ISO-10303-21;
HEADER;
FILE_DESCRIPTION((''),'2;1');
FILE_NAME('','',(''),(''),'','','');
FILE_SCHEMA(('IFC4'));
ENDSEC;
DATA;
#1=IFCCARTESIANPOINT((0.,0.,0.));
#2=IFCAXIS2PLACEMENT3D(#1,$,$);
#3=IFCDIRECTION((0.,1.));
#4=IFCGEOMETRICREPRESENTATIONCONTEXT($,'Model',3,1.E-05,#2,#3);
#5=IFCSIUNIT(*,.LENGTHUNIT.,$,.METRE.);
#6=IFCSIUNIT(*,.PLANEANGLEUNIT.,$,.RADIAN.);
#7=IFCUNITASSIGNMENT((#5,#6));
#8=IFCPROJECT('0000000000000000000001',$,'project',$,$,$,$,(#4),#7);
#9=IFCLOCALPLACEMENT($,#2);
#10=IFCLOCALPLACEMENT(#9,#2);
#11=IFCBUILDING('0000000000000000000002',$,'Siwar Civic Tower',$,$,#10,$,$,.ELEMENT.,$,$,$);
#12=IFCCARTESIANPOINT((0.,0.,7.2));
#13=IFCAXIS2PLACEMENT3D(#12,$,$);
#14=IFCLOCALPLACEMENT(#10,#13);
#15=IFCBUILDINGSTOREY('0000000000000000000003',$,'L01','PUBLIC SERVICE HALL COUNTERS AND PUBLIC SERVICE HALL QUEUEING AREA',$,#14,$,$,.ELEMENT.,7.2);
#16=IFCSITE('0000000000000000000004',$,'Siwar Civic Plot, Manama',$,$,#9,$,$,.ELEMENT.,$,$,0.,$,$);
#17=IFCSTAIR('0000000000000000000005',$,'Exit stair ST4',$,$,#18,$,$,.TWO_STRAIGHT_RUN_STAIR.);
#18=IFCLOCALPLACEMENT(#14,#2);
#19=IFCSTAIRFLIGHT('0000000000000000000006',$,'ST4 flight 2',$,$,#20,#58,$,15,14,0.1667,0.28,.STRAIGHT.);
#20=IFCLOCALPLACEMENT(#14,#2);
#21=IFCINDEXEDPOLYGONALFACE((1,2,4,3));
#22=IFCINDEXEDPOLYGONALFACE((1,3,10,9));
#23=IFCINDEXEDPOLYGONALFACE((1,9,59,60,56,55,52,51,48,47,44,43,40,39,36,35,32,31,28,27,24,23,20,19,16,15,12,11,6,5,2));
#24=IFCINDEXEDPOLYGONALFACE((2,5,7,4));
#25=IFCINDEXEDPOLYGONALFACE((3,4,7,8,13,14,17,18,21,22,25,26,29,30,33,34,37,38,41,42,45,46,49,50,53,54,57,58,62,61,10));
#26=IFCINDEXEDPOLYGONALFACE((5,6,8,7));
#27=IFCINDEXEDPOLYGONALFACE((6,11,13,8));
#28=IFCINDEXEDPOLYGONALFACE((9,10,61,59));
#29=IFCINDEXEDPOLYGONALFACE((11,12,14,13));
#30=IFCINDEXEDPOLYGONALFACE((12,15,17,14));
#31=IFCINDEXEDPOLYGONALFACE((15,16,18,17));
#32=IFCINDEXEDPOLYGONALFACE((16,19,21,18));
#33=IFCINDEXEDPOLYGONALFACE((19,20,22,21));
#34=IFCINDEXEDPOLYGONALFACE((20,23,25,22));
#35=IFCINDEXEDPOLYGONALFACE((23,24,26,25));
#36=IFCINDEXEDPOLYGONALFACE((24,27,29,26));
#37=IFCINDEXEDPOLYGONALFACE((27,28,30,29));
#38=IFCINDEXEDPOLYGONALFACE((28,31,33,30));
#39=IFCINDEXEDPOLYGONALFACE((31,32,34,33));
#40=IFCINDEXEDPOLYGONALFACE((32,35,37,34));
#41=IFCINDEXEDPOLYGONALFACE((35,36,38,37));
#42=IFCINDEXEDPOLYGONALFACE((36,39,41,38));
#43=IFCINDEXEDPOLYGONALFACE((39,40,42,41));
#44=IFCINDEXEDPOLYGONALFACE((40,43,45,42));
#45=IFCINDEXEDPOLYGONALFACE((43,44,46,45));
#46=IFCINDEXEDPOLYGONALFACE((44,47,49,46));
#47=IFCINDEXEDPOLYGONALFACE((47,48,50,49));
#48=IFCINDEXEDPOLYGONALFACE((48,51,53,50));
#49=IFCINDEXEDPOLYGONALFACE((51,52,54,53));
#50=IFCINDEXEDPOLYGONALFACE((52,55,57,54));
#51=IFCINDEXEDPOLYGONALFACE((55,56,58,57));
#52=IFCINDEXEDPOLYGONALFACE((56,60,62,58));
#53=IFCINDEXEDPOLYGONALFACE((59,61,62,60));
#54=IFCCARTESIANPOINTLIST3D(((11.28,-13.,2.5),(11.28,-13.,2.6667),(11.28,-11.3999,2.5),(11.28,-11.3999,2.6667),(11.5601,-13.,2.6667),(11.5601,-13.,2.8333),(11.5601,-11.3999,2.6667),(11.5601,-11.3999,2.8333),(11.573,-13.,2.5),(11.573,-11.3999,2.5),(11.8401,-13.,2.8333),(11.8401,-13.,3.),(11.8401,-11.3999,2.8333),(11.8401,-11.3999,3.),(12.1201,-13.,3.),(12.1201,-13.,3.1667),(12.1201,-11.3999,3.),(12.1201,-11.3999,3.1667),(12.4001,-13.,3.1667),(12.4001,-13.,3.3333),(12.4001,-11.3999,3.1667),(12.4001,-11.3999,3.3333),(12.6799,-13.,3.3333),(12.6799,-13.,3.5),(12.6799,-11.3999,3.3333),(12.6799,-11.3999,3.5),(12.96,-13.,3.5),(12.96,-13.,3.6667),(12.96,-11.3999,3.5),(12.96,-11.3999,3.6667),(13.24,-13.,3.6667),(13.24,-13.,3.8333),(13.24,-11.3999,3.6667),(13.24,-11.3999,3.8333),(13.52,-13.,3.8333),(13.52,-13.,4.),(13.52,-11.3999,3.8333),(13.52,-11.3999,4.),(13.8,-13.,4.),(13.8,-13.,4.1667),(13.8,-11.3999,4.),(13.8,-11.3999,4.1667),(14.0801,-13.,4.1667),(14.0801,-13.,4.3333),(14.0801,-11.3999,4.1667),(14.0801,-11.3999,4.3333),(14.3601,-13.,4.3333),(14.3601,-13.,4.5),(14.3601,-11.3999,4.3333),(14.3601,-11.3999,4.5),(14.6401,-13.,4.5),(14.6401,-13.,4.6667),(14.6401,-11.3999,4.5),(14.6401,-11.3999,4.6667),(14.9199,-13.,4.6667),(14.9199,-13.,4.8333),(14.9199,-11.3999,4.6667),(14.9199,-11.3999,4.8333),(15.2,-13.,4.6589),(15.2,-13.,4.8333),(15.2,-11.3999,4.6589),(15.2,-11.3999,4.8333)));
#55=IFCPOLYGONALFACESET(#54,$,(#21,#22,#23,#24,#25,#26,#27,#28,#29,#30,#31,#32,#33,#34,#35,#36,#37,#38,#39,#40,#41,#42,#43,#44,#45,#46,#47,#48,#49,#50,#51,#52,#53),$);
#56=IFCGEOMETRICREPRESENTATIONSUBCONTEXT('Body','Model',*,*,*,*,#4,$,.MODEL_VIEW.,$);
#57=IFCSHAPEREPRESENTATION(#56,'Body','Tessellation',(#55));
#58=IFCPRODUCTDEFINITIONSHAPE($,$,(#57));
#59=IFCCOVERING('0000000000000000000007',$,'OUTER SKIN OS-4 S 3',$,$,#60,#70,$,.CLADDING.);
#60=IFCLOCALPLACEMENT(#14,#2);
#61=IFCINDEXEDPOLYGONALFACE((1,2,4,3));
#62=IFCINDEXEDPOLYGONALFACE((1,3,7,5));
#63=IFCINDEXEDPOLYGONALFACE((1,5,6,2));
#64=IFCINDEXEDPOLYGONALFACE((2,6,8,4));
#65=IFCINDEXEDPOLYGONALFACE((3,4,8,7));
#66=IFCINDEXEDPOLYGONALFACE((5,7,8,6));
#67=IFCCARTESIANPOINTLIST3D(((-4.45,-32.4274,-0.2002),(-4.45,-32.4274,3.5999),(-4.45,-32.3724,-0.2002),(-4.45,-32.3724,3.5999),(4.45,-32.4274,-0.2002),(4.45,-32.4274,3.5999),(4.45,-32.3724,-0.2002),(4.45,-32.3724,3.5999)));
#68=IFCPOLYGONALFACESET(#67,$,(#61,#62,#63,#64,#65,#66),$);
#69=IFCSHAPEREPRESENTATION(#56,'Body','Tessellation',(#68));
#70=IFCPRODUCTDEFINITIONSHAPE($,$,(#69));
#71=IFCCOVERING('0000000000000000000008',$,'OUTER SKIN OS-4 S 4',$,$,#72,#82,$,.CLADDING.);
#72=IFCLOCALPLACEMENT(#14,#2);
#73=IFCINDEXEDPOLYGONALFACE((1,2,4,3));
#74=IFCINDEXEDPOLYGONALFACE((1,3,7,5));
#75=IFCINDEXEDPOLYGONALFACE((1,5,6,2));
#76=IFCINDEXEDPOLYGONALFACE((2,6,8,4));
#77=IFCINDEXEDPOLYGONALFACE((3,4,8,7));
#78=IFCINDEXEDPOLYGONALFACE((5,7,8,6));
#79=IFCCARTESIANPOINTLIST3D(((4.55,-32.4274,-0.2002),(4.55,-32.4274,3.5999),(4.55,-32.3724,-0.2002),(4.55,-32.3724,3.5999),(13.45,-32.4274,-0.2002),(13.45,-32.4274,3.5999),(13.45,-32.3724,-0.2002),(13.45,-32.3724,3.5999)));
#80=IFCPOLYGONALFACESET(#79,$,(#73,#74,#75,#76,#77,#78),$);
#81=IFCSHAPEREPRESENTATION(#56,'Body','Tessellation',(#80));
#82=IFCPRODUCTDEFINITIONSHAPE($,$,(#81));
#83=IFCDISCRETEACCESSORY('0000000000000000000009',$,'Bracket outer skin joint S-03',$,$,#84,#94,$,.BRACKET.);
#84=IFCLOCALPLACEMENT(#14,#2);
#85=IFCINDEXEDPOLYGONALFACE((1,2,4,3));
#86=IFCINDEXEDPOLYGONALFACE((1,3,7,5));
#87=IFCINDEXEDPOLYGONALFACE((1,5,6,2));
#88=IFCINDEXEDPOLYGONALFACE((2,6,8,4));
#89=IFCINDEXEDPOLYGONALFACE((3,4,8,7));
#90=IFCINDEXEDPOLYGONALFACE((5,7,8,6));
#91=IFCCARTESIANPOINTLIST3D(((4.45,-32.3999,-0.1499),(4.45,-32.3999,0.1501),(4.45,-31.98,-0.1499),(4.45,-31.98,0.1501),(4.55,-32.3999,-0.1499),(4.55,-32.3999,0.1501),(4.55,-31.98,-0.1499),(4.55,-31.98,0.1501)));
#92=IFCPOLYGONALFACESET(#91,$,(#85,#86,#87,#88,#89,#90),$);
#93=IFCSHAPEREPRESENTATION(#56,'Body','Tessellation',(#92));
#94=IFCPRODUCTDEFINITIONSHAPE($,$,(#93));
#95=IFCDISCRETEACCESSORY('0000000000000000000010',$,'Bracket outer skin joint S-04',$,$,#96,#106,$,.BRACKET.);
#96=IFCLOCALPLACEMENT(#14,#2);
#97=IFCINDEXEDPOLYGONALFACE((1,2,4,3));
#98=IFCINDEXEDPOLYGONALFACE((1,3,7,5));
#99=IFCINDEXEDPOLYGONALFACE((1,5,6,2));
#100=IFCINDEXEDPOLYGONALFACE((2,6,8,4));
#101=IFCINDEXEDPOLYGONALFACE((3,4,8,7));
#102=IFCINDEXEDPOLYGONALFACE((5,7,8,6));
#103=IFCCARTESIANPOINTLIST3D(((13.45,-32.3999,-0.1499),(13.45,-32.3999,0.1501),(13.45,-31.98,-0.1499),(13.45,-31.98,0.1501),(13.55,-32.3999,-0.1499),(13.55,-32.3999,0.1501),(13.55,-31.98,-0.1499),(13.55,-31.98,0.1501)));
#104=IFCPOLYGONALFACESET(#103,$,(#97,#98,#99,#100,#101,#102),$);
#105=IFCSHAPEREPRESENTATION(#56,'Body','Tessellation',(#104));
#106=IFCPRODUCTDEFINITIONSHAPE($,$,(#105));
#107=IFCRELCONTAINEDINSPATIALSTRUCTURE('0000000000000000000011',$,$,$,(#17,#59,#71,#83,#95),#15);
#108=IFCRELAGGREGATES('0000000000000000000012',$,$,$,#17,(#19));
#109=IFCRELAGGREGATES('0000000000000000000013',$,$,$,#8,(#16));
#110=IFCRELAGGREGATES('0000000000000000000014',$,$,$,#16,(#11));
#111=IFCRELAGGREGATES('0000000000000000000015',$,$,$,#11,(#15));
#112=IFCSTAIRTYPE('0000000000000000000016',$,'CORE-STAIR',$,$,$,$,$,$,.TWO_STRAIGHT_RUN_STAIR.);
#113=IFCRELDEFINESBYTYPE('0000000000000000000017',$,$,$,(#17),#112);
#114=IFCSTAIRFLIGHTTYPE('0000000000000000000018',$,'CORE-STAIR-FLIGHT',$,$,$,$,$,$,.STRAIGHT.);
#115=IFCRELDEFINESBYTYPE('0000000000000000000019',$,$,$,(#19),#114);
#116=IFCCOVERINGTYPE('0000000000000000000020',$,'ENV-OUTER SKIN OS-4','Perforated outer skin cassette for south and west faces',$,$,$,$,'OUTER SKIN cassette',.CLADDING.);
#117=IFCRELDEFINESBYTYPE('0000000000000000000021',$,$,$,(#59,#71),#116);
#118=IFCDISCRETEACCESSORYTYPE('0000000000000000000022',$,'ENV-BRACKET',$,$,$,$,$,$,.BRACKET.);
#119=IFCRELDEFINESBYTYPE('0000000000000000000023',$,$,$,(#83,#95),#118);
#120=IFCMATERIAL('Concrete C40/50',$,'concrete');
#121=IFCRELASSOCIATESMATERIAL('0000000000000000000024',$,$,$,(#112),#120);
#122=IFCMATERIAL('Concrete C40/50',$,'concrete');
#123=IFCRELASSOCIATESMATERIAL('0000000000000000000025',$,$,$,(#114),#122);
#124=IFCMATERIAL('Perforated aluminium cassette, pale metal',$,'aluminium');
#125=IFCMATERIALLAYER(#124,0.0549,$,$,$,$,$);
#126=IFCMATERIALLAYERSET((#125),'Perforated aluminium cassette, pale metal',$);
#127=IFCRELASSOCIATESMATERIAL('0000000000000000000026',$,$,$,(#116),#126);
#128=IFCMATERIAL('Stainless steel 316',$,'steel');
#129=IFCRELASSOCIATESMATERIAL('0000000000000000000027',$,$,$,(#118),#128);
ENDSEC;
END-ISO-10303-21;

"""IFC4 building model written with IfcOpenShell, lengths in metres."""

from ifc_helpers import new_model, si_unit, direction, frame, origin, origin_2d, place, context, subcontext, project, spatial, polyline, rectangle, outline, extrude, material, layer, layer_set, type_object, element, aggregate, save


model = new_model("IFC4")

# Units and contexts
model_context = context("Model", 3, precision=1e-05, world=origin(), true_north=direction((0.0, 1.0)))
body_context = subcontext(model_context, "Body", "Model", "MODEL_VIEW")
ifc_project = project(units=[si_unit("LENGTHUNIT", "METRE"), si_unit("PLANEANGLEUNIT", "RADIAN")], contexts=[model_context])

# Site, building, storey
site_placement = place(None, origin())
site = spatial("IfcSite", under=ifc_project, at=site_placement, Name="Siwar Civic Plot, Manama", CompositionType="ELEMENT", RefElevation=0.0)
building_placement = place(site_placement, origin())
building = spatial("IfcBuilding", under=site, at=building_placement, Name="Siwar Civic Tower", CompositionType="ELEMENT")
storey_placement = place(building_placement, frame((0.0, 0.0, 7.2)))
storey = spatial("IfcBuildingStorey", under=building, at=storey_placement, Name="L01", Description="PUBLIC SERVICE HALL COUNTERS AND PUBLIC SERVICE HALL QUEUEING AREA", CompositionType="ELEMENT", Elevation=7.2)

# Stair, stair flight
ifc_material_1 = material(Name="Concrete C40/50", Category="concrete")
stair_type = type_object("IfcStairType", Name="CORE-STAIR", PredefinedType="TWO_STRAIGHT_RUN_STAIR", material=ifc_material_1)
stair_placement = place(storey_placement, origin())
stair = element("IfcStair", 1, at=stair_placement, inside=storey, type_object=stair_type, Name="Exit stair ST4", PredefinedType="TWO_STRAIGHT_RUN_STAIR")
ifc_material_2 = material(Name="Concrete C40/50", Category="concrete")
stair_flight_type = type_object("IfcStairFlightType", Name="CORE-STAIR-FLIGHT", PredefinedType="STRAIGHT", material=ifc_material_2)
stair_flight_placement = place(storey_placement, frame((11.28, -12.2, 2.5), z_axis=(0.0, 0.0, 1.0), x_axis=(1.0, 0.0, 0.0)))
stair_flight = element("IfcStairFlight", 2, at=stair_flight_placement, type_object=stair_flight_type, Name="ST4 flight 2", NumberOfRisers=15, NumberOfTreads=14, PredefinedType="STRAIGHT", RiserHeight=0.1667, TreadLength=0.28, context=body_context, shape_type="SweptSolid", body=[
    extrude(outline(polyline([(0.0, 0.0), (0.0, 0.1667), (0.28, 0.1667), (0.28, 0.3333), (0.5601, 0.3333), (0.5601, 0.5), (0.8401, 0.5), (0.8401, 0.6667), (1.1201, 0.6667), (1.1201, 0.8333), (1.3999, 0.8333), (1.3999, 1.0), (1.6799, 1.0), (1.6799, 1.1667), (1.96, 1.1667), (1.96, 1.3333), (2.24, 1.3333), (2.24, 1.5), (2.52, 1.5), (2.52, 1.6667), (2.8, 1.6667), (2.8, 1.8333), (3.0801, 1.8333), (3.0801, 2.0), (3.3601, 2.0), (3.3601, 2.1667), (3.6399, 2.1667), (3.6399, 2.3333), (3.9199, 2.3333), (3.9199, 2.5), (3.9199, 2.1589), (0.293, 0.0), (0.0, 0.0)])), frame((0.0, 0.8, 0.0), z_axis=(0.0, -1.0, 0.0), x_axis=(1.0, 0.0, 0.0)), (0.0, 0.0, 1.0), 1.6001),
])
aggregate(stair, [stair_flight])

# Coverings
ifc_material_3 = material(Name="Perforated aluminium cassette, pale metal", Category="aluminium")
ifc_layer_1 = layer(ifc_material_3, 0.0549)
ifc_layer_set_1 = layer_set([ifc_layer_1], Name="Perforated aluminium cassette, pale metal")
covering_type = type_object("IfcCoveringType", Name="ENV-OUTER SKIN OS-4", Description="Perforated outer skin cassette for south and west faces", ElementType="OUTER SKIN cassette", PredefinedType="CLADDING", material=ifc_layer_set_1)
for number, where, z_axis, x_axis, name in (
    (3, (0.0, -32.3999, -0.2002), (0.0, 0.0, 1.0), (1.0, 0.0, 0.0), "OUTER SKIN OS-4 S 3"),
    (4, (9.0, -32.3999, -0.2002), (0.0, 0.0, 1.0), (1.0, 0.0, 0.0), "OUTER SKIN OS-4 S 4"),
):
    element("IfcCovering", number, at=place(storey_placement, frame(where, z_axis=z_axis, x_axis=x_axis)), inside=storey, type_object=covering_type, Name=name, PredefinedType="CLADDING", context=body_context, shape_type="SweptSolid", body=[
        extrude(rectangle(XDim=8.8999, YDim=0.0549, at=origin_2d()), origin(), (0.0, 0.0, 1.0), 3.8),
    ])

# Discrete accessories
ifc_material_4 = material(Name="Stainless steel 316", Category="steel")
discrete_accessory_type = type_object("IfcDiscreteAccessoryType", Name="ENV-BRACKET", PredefinedType="BRACKET", material=ifc_material_4)
for number, where, z_axis, x_axis, name in (
    (5, (4.5, -32.1899, -0.1499), (0.0, 0.0, 1.0), (0.0, -1.0, 0.0), "Bracket outer skin joint S-03"),
    (6, (13.5, -32.1899, -0.1499), (0.0, 0.0, 1.0), (0.0, -1.0, 0.0), "Bracket outer skin joint S-04"),
):
    element("IfcDiscreteAccessory", number, at=place(storey_placement, frame(where, z_axis=z_axis, x_axis=x_axis)), inside=storey, type_object=discrete_accessory_type, Name=name, PredefinedType="BRACKET", context=body_context, shape_type="SweptSolid", body=[
        extrude(rectangle(XDim=0.4199, YDim=0.1001, at=origin_2d()), origin(), (0.0, 0.0, 1.0), 0.3),
    ])

save(model, "model.ifc")
